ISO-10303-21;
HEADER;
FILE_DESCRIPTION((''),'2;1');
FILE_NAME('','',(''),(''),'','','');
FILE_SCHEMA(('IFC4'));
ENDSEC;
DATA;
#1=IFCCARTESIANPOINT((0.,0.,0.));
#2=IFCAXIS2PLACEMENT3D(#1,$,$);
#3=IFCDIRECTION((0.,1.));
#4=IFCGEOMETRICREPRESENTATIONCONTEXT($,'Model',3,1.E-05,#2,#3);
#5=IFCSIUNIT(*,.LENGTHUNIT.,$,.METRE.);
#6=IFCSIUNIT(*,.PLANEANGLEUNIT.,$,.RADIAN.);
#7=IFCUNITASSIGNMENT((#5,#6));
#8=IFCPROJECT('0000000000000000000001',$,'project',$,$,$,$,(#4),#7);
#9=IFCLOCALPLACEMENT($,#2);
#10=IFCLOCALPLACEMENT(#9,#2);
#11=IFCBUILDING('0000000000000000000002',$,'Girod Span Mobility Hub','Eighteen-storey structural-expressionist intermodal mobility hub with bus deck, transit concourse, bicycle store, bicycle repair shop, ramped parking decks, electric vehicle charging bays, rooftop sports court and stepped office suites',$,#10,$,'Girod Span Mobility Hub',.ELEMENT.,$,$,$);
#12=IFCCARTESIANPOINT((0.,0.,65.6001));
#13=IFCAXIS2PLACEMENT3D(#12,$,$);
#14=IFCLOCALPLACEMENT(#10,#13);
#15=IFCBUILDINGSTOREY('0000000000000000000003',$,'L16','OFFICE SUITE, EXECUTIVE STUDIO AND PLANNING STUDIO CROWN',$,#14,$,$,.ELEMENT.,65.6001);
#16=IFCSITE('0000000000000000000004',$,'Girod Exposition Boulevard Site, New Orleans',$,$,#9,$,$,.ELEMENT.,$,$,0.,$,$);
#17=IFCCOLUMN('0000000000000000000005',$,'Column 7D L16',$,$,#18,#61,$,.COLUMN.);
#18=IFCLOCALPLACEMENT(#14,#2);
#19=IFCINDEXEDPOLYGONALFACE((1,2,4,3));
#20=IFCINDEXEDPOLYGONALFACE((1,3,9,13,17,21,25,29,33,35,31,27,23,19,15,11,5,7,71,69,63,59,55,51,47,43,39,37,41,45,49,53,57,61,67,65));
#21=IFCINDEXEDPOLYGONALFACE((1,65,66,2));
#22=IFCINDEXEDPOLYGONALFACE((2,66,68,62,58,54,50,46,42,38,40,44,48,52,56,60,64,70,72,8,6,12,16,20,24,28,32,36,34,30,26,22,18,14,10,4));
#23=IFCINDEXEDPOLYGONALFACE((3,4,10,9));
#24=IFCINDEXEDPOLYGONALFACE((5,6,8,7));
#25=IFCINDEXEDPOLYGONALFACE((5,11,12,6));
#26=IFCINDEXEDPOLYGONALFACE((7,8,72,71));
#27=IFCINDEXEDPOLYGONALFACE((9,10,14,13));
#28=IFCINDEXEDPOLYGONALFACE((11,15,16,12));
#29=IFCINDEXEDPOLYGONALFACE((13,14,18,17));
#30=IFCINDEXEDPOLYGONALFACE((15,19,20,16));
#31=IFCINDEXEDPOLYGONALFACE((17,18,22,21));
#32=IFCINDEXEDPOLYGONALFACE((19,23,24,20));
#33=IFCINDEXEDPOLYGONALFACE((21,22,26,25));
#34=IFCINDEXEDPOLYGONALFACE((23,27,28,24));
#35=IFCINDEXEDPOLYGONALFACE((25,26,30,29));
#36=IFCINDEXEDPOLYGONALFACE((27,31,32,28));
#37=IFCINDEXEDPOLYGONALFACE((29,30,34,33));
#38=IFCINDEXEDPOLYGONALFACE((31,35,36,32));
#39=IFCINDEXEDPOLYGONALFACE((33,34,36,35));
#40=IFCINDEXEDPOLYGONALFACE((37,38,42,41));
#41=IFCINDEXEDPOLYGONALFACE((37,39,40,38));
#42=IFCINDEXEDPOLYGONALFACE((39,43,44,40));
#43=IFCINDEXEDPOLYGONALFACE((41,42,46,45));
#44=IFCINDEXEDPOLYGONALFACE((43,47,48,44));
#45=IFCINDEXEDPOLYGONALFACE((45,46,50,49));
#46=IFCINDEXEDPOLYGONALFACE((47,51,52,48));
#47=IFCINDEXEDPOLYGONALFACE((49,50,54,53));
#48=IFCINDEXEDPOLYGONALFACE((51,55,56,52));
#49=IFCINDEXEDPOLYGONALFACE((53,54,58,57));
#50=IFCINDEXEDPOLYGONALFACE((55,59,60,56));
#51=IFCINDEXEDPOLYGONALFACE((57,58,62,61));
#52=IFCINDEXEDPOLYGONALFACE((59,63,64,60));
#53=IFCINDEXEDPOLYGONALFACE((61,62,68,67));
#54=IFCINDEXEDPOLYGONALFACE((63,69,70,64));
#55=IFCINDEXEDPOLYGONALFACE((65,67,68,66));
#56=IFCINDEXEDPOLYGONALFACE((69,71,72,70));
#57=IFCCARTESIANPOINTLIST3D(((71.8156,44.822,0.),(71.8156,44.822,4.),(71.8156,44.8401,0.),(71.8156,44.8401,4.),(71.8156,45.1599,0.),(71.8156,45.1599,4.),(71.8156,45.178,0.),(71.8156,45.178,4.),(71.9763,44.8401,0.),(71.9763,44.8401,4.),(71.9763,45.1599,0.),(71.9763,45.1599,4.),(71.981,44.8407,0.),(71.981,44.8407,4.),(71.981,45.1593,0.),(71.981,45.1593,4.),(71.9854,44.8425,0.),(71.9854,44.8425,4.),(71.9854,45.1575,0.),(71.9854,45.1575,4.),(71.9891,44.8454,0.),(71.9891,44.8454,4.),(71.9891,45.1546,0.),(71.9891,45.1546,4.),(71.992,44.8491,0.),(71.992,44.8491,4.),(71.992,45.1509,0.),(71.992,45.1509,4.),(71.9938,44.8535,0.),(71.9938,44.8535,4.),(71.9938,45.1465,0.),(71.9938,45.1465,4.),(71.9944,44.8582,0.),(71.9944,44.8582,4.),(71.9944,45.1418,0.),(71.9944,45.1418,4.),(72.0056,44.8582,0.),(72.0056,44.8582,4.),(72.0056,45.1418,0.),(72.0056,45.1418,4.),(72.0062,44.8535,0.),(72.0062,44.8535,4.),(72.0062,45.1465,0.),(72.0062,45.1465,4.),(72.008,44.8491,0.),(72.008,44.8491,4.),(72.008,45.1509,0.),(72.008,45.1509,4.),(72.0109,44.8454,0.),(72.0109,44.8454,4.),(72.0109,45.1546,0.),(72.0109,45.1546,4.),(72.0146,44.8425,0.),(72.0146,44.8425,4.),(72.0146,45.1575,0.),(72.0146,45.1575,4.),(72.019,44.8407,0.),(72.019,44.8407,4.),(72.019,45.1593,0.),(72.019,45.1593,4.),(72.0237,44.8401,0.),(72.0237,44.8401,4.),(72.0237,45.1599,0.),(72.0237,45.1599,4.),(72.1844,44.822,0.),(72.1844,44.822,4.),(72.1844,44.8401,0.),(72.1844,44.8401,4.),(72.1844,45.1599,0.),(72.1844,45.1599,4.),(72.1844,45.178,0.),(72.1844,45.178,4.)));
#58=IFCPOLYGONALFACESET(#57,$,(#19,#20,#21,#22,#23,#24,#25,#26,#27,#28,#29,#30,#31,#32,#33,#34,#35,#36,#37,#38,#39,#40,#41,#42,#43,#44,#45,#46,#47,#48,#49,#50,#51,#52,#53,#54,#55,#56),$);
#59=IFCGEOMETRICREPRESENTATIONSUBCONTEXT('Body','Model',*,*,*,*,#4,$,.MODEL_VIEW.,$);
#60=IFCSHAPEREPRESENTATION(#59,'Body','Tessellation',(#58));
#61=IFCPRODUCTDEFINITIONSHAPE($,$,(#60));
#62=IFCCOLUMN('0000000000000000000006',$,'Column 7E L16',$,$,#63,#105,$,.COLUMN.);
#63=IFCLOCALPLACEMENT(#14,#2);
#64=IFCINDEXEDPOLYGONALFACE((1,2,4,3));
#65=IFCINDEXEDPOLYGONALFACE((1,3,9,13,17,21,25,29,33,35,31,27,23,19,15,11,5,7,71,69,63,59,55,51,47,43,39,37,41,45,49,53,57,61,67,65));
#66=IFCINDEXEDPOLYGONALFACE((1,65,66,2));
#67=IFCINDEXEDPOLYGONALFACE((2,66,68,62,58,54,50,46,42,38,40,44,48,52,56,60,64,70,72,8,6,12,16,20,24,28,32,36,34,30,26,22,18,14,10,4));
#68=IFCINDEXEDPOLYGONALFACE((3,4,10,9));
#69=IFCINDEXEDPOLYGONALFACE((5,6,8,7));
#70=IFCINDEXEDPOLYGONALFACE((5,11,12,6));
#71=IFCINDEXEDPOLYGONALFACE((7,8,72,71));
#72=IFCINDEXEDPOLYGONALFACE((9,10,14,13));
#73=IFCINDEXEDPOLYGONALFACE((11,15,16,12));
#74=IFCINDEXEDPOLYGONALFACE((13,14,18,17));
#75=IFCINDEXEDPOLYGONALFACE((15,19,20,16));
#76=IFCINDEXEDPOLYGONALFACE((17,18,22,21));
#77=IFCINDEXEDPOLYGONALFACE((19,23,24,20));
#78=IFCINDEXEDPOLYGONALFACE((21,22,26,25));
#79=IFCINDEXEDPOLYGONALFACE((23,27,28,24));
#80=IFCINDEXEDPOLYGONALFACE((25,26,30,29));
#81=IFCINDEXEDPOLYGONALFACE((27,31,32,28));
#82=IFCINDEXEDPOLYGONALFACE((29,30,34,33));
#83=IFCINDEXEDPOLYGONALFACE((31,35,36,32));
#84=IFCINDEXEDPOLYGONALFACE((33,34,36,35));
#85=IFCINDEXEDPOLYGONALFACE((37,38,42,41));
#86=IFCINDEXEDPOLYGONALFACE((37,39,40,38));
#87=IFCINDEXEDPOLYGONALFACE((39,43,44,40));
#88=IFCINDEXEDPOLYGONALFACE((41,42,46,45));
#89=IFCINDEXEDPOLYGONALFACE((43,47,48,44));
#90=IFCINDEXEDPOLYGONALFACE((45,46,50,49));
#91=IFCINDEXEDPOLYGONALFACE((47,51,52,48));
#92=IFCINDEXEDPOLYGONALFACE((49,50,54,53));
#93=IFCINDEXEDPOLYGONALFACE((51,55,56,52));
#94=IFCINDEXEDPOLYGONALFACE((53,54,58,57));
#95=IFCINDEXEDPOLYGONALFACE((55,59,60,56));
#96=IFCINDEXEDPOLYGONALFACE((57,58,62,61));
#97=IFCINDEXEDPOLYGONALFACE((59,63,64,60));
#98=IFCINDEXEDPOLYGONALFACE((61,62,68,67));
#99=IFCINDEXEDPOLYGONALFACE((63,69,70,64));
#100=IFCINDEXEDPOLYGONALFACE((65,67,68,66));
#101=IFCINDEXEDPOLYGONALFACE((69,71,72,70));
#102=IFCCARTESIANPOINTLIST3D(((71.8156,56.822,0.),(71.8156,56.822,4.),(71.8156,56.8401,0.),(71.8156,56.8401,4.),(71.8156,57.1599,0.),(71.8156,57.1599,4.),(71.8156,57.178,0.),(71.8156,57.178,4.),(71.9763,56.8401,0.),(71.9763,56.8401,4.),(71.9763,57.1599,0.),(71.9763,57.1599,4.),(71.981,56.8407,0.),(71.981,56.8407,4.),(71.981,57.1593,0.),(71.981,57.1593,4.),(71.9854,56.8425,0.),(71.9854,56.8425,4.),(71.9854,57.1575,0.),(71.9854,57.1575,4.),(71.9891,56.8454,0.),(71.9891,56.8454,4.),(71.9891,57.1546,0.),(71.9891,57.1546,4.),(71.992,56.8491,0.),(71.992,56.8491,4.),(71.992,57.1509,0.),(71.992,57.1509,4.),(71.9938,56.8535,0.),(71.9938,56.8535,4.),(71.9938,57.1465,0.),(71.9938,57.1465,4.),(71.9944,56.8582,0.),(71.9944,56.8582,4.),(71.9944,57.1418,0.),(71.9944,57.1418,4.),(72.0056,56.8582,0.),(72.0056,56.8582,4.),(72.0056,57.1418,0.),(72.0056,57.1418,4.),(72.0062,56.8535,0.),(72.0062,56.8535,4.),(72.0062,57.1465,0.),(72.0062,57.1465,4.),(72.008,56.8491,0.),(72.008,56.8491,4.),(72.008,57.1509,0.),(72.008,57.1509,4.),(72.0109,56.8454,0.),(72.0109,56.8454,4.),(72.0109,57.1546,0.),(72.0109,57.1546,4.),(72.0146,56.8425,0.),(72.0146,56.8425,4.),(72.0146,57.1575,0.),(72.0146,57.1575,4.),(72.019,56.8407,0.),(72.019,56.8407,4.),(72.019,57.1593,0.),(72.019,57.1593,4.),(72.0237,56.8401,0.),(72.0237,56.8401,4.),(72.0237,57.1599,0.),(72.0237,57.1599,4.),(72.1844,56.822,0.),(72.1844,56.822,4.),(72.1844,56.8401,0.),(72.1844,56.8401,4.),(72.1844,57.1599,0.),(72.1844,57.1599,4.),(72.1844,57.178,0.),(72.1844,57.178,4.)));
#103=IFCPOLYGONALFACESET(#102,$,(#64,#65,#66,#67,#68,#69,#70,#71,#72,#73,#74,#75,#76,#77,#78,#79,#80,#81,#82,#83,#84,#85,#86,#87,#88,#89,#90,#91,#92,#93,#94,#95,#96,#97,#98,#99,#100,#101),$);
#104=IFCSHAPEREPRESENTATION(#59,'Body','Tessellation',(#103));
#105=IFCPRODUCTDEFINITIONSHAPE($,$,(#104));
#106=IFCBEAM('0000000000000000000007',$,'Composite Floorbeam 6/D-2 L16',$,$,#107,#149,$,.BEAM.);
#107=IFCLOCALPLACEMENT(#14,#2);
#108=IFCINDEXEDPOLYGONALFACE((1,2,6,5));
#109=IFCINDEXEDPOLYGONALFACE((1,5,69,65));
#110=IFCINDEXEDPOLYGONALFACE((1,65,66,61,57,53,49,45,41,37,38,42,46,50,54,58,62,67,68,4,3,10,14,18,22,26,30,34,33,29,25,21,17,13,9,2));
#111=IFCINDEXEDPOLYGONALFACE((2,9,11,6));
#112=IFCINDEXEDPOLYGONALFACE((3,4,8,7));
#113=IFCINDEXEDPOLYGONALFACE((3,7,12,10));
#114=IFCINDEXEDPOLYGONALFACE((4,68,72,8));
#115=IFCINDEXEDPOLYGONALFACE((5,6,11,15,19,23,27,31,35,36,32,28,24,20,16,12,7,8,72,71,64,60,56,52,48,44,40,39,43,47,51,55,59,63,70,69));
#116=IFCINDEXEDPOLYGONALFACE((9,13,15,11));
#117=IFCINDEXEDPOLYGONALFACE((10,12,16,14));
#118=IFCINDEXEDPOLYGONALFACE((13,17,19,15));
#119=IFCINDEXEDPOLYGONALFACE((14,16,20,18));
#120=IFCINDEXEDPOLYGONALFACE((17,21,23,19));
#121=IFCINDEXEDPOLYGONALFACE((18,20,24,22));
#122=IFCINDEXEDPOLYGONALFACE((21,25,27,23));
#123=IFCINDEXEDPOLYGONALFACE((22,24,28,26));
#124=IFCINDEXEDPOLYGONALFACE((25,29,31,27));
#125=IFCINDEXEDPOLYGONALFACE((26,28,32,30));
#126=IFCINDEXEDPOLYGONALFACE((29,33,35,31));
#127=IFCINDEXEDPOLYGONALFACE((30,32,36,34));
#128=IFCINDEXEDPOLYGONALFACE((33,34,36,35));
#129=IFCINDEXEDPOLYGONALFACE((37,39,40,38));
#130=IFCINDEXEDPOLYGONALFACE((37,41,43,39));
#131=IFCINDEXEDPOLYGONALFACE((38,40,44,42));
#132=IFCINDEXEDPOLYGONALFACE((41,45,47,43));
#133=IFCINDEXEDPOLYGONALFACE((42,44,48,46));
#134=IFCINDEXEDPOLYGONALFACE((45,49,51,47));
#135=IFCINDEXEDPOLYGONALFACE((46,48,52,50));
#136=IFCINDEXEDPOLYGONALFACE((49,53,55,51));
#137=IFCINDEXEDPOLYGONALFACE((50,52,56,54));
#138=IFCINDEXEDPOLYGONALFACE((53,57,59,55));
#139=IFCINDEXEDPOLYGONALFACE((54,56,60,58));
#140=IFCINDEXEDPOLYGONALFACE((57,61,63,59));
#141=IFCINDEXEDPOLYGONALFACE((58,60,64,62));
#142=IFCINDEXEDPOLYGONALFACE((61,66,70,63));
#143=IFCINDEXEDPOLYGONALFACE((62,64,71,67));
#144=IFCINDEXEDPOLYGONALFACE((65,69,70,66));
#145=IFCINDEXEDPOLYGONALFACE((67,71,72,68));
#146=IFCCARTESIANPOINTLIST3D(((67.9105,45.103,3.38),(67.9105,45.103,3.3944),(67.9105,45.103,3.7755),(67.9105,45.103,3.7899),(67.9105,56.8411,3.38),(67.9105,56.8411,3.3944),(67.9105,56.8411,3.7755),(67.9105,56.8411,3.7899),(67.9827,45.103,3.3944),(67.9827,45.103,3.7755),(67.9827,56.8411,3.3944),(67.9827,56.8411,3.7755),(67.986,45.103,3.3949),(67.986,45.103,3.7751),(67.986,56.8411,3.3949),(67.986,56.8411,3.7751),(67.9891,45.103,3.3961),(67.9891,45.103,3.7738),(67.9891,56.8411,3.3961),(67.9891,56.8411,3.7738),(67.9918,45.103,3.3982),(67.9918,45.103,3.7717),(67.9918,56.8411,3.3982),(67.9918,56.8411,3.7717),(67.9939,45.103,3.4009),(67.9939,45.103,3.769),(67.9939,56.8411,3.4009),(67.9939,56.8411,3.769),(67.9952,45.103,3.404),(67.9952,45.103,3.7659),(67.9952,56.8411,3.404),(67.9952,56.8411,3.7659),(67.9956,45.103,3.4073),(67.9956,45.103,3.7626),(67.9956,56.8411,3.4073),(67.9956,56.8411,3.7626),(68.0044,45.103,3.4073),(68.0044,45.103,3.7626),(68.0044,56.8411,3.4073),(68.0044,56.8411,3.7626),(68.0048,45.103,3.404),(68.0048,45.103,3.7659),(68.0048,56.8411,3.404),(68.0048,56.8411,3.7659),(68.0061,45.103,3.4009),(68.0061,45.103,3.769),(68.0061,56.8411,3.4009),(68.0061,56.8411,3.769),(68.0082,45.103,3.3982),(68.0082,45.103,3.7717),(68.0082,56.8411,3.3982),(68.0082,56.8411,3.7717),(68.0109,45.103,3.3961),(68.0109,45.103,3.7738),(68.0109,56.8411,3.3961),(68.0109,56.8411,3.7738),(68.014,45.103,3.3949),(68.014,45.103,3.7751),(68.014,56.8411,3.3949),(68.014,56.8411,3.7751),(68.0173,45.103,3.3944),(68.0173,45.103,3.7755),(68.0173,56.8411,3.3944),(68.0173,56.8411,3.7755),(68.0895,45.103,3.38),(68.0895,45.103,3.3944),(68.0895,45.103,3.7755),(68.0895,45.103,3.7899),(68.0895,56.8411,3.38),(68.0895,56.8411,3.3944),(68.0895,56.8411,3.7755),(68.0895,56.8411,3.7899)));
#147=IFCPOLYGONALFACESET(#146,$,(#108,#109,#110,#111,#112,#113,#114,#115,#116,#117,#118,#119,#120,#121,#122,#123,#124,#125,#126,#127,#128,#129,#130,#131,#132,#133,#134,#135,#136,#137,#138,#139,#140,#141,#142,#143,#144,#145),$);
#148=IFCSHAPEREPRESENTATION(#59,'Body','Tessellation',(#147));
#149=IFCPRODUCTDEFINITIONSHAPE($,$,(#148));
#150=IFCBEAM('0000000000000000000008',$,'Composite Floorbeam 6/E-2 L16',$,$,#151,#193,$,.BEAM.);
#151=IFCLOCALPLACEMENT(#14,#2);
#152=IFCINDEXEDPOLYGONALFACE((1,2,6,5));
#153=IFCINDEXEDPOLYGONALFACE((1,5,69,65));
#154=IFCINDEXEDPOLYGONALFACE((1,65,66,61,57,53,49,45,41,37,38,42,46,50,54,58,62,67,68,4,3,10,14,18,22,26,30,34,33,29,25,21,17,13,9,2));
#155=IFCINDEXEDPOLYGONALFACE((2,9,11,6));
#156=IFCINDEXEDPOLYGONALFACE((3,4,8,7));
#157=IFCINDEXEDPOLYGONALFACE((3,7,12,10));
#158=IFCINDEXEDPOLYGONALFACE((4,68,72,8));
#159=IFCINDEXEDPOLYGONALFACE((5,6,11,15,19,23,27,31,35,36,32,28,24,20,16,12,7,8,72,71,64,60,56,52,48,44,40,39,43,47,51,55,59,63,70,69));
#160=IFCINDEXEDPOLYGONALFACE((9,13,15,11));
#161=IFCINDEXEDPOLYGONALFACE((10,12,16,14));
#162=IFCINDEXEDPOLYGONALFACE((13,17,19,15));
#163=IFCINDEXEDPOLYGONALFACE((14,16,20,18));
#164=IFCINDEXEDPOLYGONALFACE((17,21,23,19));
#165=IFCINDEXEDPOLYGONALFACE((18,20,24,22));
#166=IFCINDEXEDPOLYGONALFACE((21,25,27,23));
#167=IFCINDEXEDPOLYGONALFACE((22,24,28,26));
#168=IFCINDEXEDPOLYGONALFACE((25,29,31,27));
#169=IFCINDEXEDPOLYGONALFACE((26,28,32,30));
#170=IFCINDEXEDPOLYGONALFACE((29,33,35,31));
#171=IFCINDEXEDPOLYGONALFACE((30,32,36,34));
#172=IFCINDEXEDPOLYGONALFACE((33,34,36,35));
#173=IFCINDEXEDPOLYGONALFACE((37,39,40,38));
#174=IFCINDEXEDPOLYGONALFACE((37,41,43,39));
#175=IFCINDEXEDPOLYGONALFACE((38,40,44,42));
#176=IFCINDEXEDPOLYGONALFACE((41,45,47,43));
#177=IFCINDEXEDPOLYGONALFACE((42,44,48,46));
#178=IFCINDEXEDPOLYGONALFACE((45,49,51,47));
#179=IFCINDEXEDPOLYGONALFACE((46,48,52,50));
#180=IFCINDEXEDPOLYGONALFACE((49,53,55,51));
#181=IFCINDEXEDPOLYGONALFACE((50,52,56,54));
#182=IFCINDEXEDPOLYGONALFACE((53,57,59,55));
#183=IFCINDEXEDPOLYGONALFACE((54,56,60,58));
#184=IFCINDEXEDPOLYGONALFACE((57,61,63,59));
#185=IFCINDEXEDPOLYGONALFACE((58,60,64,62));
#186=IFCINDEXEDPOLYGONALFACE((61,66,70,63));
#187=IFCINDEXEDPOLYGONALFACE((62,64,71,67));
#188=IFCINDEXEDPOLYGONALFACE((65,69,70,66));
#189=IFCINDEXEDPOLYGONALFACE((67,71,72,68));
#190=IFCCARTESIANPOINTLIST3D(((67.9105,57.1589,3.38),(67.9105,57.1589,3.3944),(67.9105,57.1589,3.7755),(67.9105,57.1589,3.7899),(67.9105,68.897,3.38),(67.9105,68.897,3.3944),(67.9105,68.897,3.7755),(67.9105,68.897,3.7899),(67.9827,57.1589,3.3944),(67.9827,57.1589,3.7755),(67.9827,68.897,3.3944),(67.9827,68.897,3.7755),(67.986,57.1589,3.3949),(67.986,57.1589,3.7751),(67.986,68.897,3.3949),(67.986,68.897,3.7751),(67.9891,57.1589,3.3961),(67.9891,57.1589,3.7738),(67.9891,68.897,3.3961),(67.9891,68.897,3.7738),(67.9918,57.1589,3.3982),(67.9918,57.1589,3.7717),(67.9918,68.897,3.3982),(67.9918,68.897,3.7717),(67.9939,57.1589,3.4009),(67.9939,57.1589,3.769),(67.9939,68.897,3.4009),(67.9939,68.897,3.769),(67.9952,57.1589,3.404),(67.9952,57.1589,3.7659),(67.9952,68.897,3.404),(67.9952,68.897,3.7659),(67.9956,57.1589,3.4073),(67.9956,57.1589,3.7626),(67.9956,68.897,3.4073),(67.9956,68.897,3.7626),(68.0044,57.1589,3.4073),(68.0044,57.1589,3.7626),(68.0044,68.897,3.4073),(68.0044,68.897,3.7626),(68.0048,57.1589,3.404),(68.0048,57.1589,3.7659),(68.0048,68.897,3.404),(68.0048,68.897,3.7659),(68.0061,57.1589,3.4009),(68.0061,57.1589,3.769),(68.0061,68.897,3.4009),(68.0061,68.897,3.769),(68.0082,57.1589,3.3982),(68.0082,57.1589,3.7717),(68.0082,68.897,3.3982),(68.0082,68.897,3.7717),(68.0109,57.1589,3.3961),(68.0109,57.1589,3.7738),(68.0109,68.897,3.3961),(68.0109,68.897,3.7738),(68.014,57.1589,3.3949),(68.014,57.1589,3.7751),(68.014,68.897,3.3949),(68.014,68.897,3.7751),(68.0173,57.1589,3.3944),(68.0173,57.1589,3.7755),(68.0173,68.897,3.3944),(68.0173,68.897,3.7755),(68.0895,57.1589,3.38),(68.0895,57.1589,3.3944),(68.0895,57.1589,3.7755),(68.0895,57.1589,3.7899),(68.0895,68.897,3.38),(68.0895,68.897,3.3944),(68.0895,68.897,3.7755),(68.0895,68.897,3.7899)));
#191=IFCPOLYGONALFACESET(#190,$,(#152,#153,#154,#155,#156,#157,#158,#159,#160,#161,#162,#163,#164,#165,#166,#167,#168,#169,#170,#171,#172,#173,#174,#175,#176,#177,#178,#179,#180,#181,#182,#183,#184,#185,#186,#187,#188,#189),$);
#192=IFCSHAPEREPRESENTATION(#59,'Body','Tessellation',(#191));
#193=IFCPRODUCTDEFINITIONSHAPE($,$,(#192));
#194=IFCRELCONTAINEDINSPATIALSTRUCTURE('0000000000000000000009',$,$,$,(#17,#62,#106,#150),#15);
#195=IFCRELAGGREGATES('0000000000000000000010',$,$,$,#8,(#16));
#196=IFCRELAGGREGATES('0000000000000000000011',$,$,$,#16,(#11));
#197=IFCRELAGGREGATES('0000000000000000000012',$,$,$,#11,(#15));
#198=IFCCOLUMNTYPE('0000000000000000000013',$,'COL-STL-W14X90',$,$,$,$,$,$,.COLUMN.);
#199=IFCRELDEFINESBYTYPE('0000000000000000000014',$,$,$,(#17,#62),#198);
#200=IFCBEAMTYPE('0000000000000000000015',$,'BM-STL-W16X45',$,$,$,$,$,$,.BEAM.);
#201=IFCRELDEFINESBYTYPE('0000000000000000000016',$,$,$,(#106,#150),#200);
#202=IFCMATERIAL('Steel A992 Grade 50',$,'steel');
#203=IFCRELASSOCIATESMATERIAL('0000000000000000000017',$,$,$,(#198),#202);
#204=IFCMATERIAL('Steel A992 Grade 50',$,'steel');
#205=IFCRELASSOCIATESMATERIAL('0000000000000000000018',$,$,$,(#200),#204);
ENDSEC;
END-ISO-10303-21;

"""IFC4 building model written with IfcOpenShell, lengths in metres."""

from ifc_helpers import new_model, si_unit, direction, frame, origin, origin_2d, place, context, subcontext, project, spatial, i_section, extrude, material, material_profile, profile_set, type_object, element, save


model = new_model("IFC4")

# Units and contexts
model_context = context("Model", 3, precision=1e-05, world=origin(), true_north=direction((0.0, 1.0)))
body_context = subcontext(model_context, "Body", "Model", "MODEL_VIEW")
ifc_project = project(units=[si_unit("LENGTHUNIT", "METRE"), si_unit("PLANEANGLEUNIT", "RADIAN")], contexts=[model_context])

# Site, building, storey
site_placement = place(None, origin())
site = spatial("IfcSite", under=ifc_project, at=site_placement, Name="Girod Exposition Boulevard Site, New Orleans", CompositionType="ELEMENT", RefElevation=0.0)
building_placement = place(site_placement, origin())
building = spatial("IfcBuilding", under=site, at=building_placement, Name="Girod Span Mobility Hub", Description="Eighteen-storey structural-expressionist intermodal mobility hub with bus deck, transit concourse, bicycle store, bicycle repair shop, ramped parking decks, electric vehicle charging bays, rooftop sports court and stepped office suites", LongName="Girod Span Mobility Hub", CompositionType="ELEMENT")
storey_placement = place(building_placement, frame((0.0, 0.0, 65.6001)))
storey = spatial("IfcBuildingStorey", under=building, at=storey_placement, Name="L16", Description="OFFICE SUITE, EXECUTIVE STUDIO AND PLANNING STUDIO CROWN", CompositionType="ELEMENT", Elevation=65.6001)

# Columns
ifc_material_1 = material(Name="Steel A992 Grade 50", Category="steel")
ifc_material_profile_1 = material_profile(ifc_material_1, i_section(OverallWidth=0.3689, OverallDepth=0.356, WebThickness=0.0112, FlangeThickness=0.0181, FilletRadius=0.0181, at=origin_2d()), Name="W14X90")
ifc_profile_set_1 = profile_set([ifc_material_profile_1], Name="Steel A992 Grade 50")
column_type = type_object("IfcColumnType", Name="COL-STL-W14X90", PredefinedType="COLUMN", material=ifc_profile_set_1)
for number, where, z_axis, x_axis, name in (
    (1, (72.0, 45.0, 0.0), (0.0, 0.0, 1.0), (1.0, 0.0, 0.0), "Column 7D L16"),
    (2, (72.0, 57.0, 0.0), (0.0, 0.0, 1.0), (1.0, 0.0, 0.0), "Column 7E L16"),
):
    element("IfcColumn", number, at=place(storey_placement, frame(where, z_axis=z_axis, x_axis=x_axis)), inside=storey, type_object=column_type, Name=name, PredefinedType="COLUMN", context=body_context, shape_type="SweptSolid", body=[
        extrude(i_section(OverallWidth=0.3689, OverallDepth=0.356, WebThickness=0.0112, FlangeThickness=0.0181, FilletRadius=0.0181, at=origin_2d()), origin(), (0.0, 0.0, 1.0), 4.0),
    ])

# Beams
ifc_material_2 = material(Name="Steel A992 Grade 50", Category="steel")
ifc_material_profile_2 = material_profile(ifc_material_2, i_section(OverallWidth=0.179, OverallDepth=0.4099, WebThickness=0.0088, FlangeThickness=0.0144, FilletRadius=0.0129, at=origin_2d()), Name="W16X45")
ifc_profile_set_2 = profile_set([ifc_material_profile_2], Name="Steel A992 Grade 50")
beam_type_1 = type_object("IfcBeamType", Name="BM-STL-W16X45", PredefinedType="BEAM", material=ifc_profile_set_2)
for number, where, z_axis, x_axis, name in (
    (3, (68.0, 45.103, 3.585), (0.0, 1.0, 0.0), (-1.0, 0.0, 0.0), "Composite Floorbeam 6/D-2 L16"),
    (4, (68.0, 57.1589, 3.585), (0.0, 1.0, 0.0), (-1.0, 0.0, 0.0), "Composite Floorbeam 6/E-2 L16"),
):
    element("IfcBeam", number, at=place(storey_placement, frame(where, z_axis=z_axis, x_axis=x_axis)), inside=storey, type_object=beam_type_1, Name=name, PredefinedType="BEAM", context=body_context, shape_type="SweptSolid", body=[
        extrude(i_section(OverallWidth=0.179, OverallDepth=0.4099, WebThickness=0.0088, FlangeThickness=0.0144, FilletRadius=0.0129, at=origin_2d()), origin(), (0.0, 0.0, 1.0), 11.738),
    ])

save(model, "model.ifc")
